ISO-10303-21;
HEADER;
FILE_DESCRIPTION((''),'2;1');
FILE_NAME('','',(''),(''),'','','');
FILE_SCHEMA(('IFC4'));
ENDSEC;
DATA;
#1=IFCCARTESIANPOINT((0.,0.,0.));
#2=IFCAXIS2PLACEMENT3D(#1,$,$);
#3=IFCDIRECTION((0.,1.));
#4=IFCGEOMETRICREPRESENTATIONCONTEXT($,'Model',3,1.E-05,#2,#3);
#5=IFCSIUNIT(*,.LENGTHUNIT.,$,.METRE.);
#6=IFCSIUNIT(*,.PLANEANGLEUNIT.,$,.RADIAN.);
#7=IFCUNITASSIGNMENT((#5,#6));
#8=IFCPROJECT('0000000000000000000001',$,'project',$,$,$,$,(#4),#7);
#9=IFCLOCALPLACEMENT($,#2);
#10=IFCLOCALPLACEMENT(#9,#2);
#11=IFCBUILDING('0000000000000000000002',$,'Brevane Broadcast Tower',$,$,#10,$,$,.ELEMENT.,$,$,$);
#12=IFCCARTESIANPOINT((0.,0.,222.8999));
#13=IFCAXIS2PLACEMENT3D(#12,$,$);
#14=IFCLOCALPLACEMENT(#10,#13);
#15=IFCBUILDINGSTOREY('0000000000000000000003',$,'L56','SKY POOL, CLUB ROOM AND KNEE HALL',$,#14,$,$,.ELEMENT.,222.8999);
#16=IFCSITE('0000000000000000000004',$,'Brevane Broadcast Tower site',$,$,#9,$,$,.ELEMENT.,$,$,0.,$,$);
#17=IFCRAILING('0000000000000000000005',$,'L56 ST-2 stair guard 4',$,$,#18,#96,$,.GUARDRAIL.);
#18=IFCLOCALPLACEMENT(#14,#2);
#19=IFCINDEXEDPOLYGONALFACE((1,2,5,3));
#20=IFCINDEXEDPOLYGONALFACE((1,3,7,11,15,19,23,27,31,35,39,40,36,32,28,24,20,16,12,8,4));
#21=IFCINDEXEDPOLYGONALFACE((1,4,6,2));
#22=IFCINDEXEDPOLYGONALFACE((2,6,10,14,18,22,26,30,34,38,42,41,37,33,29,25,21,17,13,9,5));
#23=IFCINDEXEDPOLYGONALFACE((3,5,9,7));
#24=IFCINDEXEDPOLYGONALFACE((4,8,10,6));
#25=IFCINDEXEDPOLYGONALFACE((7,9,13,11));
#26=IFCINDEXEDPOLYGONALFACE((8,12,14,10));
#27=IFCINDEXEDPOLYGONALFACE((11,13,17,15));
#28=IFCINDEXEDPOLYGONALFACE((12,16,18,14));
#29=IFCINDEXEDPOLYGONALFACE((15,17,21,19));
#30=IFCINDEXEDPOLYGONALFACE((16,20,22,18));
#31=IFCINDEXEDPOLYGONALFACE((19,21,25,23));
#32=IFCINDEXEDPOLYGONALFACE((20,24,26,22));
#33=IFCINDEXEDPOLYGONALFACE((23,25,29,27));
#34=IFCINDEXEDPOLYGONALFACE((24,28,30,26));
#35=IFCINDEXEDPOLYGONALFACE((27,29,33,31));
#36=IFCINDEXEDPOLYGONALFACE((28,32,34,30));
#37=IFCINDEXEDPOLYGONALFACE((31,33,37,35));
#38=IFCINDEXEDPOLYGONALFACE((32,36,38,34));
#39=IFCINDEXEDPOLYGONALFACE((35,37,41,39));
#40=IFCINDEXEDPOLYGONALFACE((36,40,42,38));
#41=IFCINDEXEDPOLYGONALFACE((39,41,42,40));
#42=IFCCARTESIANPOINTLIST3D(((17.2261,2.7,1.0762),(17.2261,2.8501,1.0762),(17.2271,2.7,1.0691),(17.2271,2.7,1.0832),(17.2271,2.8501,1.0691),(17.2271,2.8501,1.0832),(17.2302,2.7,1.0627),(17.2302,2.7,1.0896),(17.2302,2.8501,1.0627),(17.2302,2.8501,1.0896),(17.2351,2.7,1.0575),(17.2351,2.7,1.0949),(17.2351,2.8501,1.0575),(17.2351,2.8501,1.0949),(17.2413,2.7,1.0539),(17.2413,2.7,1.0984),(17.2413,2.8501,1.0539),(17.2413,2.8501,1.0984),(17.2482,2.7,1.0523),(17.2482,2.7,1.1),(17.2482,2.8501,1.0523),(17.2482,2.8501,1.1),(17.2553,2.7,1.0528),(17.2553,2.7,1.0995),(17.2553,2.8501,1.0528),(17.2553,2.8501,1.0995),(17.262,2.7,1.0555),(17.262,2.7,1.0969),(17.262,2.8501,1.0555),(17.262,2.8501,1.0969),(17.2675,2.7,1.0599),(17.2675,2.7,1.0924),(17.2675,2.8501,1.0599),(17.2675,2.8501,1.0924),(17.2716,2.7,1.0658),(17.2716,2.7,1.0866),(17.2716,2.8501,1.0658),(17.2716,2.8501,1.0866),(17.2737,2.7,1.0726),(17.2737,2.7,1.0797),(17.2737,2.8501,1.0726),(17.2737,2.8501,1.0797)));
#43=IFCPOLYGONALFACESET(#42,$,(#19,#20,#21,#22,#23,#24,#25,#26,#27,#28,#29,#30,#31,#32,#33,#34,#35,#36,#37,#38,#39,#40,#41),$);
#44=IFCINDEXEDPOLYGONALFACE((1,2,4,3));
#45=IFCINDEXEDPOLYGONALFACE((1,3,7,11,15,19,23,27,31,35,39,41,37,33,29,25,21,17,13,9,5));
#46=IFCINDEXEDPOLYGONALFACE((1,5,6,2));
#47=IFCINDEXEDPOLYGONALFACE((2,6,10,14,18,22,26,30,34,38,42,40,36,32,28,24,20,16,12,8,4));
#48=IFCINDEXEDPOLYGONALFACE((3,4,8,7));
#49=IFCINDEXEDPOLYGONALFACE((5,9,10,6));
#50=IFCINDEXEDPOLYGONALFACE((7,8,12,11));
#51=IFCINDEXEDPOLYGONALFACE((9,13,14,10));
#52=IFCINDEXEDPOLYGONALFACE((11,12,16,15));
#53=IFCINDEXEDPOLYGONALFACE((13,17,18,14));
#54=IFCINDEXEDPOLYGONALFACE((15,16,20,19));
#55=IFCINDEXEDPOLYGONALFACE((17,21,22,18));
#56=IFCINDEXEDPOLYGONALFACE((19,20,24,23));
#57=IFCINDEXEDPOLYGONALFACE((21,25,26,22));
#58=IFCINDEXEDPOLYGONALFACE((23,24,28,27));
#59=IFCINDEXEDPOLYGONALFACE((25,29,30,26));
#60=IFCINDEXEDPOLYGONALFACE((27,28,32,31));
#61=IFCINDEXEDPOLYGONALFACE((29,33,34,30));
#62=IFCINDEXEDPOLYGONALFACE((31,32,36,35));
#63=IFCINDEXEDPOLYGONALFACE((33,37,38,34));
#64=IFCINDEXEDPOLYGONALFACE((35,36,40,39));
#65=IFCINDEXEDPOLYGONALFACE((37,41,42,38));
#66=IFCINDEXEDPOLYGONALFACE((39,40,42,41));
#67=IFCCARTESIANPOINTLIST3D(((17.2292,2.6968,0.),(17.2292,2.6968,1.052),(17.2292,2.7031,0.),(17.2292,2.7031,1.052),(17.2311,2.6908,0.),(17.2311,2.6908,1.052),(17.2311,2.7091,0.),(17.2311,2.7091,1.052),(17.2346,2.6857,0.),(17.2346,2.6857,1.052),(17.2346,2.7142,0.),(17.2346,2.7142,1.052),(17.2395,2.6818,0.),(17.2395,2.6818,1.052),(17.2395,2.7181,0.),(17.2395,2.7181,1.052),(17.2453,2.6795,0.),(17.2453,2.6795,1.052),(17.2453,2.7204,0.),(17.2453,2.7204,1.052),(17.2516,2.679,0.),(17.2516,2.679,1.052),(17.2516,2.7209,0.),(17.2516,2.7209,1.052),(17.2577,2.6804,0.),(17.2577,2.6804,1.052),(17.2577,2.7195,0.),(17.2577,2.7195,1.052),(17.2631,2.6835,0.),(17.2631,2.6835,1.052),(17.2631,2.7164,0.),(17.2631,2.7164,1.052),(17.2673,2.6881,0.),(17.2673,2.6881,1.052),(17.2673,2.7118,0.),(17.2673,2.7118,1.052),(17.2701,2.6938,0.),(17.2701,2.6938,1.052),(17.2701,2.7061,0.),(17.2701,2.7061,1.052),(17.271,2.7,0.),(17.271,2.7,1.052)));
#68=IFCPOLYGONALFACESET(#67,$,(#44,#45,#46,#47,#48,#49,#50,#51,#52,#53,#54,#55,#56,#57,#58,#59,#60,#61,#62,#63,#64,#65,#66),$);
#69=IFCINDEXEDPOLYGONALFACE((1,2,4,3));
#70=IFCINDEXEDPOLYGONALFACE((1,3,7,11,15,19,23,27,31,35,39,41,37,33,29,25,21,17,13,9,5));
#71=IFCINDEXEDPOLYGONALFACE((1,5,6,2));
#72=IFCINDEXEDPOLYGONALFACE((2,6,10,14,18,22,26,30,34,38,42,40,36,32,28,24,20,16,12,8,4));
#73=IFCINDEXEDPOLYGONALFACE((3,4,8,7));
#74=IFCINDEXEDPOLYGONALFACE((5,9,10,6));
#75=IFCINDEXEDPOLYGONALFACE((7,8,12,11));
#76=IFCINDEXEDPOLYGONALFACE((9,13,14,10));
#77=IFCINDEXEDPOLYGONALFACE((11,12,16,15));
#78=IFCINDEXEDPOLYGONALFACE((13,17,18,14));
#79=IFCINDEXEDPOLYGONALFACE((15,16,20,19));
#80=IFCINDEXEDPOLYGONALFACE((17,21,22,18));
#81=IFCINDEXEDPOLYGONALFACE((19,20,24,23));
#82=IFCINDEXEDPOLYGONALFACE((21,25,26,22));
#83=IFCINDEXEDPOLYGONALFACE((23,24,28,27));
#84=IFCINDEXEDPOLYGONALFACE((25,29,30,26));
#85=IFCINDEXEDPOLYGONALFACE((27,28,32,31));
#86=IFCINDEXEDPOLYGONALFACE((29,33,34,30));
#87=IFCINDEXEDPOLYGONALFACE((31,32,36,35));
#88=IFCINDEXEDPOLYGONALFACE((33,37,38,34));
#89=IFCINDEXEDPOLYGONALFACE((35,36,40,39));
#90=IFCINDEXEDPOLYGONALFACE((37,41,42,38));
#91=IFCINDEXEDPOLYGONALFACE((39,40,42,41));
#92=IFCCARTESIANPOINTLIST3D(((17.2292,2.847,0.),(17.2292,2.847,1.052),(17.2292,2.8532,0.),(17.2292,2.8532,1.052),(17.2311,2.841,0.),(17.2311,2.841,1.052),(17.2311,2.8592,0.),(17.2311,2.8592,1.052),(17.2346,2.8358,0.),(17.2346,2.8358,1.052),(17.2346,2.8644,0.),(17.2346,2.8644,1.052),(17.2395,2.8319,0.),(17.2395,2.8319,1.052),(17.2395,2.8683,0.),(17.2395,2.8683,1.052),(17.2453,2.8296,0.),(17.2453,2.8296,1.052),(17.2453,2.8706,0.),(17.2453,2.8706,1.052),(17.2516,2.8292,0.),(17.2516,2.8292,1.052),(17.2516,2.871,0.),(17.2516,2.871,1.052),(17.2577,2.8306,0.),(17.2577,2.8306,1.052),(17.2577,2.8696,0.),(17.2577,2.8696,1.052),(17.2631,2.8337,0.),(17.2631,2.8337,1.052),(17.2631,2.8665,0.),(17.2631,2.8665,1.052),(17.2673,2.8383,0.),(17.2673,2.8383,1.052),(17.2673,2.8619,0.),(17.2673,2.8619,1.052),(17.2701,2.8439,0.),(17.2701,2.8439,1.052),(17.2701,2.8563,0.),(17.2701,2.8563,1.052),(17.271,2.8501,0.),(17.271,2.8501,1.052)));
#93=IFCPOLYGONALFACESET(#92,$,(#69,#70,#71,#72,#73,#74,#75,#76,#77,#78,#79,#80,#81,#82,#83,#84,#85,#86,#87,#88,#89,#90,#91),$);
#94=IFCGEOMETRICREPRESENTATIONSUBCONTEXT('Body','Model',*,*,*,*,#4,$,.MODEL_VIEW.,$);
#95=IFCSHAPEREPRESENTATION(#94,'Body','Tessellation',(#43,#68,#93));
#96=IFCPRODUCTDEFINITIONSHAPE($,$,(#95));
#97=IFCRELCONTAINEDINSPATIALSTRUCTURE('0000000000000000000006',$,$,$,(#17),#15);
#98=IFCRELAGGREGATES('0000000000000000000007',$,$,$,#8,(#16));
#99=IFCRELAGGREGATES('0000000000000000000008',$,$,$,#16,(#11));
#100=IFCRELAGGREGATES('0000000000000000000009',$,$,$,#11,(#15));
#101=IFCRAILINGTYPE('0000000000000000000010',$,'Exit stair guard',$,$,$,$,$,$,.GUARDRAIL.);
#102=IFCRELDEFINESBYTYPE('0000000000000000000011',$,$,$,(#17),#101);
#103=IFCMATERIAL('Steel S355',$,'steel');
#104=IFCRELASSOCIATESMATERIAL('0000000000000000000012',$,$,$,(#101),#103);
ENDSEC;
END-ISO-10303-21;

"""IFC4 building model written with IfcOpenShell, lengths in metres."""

from ifc_helpers import new_model, si_unit, direction, frame, origin, origin_2d, place, context, subcontext, project, spatial, circle, extrude, material, type_object, element, save


model = new_model("IFC4")

# Units and contexts
model_context = context("Model", 3, precision=1e-05, world=origin(), true_north=direction((0.0, 1.0)))
body_context = subcontext(model_context, "Body", "Model", "MODEL_VIEW")
ifc_project = project(units=[si_unit("LENGTHUNIT", "METRE"), si_unit("PLANEANGLEUNIT", "RADIAN")], contexts=[model_context])

# Site, building, storey
site_placement = place(None, origin())
site = spatial("IfcSite", under=ifc_project, at=site_placement, Name="Brevane Broadcast Tower site", CompositionType="ELEMENT", RefElevation=0.0)
building_placement = place(site_placement, origin())
building = spatial("IfcBuilding", under=site, at=building_placement, Name="Brevane Broadcast Tower", CompositionType="ELEMENT")
storey_placement = place(building_placement, frame((0.0, 0.0, 222.8999)))
storey = spatial("IfcBuildingStorey", under=building, at=storey_placement, Name="L56", Description="SKY POOL, CLUB ROOM AND KNEE HALL", CompositionType="ELEMENT", Elevation=222.8999)

# Railing
ifc_material_1 = material(Name="Steel S355", Category="steel")
railing_type_1 = type_object("IfcRailingType", Name="Exit stair guard", PredefinedType="GUARDRAIL", material=ifc_material_1)
railing_1_placement = place(storey_placement, frame((17.25, 2.7, 0.0)))
element("IfcRailing", 1, at=railing_1_placement, inside=storey, type_object=railing_type_1, Name="L56 ST-2 stair guard 4", PredefinedType="GUARDRAIL", context=body_context, shape_type="SweptSolid", body=[
    extrude(circle(Radius=0.0239, at=origin_2d()), frame((0.0, 0.0, 1.0762), z_axis=(0.0, 1.0, 0.0), x_axis=(-1.0, 0.0, 0.0)), (0.0, 0.0, 1.0), 0.1501),
    extrude(circle(Radius=0.021, at=origin_2d()), origin(), (0.0, 0.0, 1.0), 1.052),
    extrude(circle(Radius=0.021, at=origin_2d()), frame((0.0, 0.1501, 0.0)), (0.0, 0.0, 1.0), 1.052),
])

save(model, "model.ifc")
